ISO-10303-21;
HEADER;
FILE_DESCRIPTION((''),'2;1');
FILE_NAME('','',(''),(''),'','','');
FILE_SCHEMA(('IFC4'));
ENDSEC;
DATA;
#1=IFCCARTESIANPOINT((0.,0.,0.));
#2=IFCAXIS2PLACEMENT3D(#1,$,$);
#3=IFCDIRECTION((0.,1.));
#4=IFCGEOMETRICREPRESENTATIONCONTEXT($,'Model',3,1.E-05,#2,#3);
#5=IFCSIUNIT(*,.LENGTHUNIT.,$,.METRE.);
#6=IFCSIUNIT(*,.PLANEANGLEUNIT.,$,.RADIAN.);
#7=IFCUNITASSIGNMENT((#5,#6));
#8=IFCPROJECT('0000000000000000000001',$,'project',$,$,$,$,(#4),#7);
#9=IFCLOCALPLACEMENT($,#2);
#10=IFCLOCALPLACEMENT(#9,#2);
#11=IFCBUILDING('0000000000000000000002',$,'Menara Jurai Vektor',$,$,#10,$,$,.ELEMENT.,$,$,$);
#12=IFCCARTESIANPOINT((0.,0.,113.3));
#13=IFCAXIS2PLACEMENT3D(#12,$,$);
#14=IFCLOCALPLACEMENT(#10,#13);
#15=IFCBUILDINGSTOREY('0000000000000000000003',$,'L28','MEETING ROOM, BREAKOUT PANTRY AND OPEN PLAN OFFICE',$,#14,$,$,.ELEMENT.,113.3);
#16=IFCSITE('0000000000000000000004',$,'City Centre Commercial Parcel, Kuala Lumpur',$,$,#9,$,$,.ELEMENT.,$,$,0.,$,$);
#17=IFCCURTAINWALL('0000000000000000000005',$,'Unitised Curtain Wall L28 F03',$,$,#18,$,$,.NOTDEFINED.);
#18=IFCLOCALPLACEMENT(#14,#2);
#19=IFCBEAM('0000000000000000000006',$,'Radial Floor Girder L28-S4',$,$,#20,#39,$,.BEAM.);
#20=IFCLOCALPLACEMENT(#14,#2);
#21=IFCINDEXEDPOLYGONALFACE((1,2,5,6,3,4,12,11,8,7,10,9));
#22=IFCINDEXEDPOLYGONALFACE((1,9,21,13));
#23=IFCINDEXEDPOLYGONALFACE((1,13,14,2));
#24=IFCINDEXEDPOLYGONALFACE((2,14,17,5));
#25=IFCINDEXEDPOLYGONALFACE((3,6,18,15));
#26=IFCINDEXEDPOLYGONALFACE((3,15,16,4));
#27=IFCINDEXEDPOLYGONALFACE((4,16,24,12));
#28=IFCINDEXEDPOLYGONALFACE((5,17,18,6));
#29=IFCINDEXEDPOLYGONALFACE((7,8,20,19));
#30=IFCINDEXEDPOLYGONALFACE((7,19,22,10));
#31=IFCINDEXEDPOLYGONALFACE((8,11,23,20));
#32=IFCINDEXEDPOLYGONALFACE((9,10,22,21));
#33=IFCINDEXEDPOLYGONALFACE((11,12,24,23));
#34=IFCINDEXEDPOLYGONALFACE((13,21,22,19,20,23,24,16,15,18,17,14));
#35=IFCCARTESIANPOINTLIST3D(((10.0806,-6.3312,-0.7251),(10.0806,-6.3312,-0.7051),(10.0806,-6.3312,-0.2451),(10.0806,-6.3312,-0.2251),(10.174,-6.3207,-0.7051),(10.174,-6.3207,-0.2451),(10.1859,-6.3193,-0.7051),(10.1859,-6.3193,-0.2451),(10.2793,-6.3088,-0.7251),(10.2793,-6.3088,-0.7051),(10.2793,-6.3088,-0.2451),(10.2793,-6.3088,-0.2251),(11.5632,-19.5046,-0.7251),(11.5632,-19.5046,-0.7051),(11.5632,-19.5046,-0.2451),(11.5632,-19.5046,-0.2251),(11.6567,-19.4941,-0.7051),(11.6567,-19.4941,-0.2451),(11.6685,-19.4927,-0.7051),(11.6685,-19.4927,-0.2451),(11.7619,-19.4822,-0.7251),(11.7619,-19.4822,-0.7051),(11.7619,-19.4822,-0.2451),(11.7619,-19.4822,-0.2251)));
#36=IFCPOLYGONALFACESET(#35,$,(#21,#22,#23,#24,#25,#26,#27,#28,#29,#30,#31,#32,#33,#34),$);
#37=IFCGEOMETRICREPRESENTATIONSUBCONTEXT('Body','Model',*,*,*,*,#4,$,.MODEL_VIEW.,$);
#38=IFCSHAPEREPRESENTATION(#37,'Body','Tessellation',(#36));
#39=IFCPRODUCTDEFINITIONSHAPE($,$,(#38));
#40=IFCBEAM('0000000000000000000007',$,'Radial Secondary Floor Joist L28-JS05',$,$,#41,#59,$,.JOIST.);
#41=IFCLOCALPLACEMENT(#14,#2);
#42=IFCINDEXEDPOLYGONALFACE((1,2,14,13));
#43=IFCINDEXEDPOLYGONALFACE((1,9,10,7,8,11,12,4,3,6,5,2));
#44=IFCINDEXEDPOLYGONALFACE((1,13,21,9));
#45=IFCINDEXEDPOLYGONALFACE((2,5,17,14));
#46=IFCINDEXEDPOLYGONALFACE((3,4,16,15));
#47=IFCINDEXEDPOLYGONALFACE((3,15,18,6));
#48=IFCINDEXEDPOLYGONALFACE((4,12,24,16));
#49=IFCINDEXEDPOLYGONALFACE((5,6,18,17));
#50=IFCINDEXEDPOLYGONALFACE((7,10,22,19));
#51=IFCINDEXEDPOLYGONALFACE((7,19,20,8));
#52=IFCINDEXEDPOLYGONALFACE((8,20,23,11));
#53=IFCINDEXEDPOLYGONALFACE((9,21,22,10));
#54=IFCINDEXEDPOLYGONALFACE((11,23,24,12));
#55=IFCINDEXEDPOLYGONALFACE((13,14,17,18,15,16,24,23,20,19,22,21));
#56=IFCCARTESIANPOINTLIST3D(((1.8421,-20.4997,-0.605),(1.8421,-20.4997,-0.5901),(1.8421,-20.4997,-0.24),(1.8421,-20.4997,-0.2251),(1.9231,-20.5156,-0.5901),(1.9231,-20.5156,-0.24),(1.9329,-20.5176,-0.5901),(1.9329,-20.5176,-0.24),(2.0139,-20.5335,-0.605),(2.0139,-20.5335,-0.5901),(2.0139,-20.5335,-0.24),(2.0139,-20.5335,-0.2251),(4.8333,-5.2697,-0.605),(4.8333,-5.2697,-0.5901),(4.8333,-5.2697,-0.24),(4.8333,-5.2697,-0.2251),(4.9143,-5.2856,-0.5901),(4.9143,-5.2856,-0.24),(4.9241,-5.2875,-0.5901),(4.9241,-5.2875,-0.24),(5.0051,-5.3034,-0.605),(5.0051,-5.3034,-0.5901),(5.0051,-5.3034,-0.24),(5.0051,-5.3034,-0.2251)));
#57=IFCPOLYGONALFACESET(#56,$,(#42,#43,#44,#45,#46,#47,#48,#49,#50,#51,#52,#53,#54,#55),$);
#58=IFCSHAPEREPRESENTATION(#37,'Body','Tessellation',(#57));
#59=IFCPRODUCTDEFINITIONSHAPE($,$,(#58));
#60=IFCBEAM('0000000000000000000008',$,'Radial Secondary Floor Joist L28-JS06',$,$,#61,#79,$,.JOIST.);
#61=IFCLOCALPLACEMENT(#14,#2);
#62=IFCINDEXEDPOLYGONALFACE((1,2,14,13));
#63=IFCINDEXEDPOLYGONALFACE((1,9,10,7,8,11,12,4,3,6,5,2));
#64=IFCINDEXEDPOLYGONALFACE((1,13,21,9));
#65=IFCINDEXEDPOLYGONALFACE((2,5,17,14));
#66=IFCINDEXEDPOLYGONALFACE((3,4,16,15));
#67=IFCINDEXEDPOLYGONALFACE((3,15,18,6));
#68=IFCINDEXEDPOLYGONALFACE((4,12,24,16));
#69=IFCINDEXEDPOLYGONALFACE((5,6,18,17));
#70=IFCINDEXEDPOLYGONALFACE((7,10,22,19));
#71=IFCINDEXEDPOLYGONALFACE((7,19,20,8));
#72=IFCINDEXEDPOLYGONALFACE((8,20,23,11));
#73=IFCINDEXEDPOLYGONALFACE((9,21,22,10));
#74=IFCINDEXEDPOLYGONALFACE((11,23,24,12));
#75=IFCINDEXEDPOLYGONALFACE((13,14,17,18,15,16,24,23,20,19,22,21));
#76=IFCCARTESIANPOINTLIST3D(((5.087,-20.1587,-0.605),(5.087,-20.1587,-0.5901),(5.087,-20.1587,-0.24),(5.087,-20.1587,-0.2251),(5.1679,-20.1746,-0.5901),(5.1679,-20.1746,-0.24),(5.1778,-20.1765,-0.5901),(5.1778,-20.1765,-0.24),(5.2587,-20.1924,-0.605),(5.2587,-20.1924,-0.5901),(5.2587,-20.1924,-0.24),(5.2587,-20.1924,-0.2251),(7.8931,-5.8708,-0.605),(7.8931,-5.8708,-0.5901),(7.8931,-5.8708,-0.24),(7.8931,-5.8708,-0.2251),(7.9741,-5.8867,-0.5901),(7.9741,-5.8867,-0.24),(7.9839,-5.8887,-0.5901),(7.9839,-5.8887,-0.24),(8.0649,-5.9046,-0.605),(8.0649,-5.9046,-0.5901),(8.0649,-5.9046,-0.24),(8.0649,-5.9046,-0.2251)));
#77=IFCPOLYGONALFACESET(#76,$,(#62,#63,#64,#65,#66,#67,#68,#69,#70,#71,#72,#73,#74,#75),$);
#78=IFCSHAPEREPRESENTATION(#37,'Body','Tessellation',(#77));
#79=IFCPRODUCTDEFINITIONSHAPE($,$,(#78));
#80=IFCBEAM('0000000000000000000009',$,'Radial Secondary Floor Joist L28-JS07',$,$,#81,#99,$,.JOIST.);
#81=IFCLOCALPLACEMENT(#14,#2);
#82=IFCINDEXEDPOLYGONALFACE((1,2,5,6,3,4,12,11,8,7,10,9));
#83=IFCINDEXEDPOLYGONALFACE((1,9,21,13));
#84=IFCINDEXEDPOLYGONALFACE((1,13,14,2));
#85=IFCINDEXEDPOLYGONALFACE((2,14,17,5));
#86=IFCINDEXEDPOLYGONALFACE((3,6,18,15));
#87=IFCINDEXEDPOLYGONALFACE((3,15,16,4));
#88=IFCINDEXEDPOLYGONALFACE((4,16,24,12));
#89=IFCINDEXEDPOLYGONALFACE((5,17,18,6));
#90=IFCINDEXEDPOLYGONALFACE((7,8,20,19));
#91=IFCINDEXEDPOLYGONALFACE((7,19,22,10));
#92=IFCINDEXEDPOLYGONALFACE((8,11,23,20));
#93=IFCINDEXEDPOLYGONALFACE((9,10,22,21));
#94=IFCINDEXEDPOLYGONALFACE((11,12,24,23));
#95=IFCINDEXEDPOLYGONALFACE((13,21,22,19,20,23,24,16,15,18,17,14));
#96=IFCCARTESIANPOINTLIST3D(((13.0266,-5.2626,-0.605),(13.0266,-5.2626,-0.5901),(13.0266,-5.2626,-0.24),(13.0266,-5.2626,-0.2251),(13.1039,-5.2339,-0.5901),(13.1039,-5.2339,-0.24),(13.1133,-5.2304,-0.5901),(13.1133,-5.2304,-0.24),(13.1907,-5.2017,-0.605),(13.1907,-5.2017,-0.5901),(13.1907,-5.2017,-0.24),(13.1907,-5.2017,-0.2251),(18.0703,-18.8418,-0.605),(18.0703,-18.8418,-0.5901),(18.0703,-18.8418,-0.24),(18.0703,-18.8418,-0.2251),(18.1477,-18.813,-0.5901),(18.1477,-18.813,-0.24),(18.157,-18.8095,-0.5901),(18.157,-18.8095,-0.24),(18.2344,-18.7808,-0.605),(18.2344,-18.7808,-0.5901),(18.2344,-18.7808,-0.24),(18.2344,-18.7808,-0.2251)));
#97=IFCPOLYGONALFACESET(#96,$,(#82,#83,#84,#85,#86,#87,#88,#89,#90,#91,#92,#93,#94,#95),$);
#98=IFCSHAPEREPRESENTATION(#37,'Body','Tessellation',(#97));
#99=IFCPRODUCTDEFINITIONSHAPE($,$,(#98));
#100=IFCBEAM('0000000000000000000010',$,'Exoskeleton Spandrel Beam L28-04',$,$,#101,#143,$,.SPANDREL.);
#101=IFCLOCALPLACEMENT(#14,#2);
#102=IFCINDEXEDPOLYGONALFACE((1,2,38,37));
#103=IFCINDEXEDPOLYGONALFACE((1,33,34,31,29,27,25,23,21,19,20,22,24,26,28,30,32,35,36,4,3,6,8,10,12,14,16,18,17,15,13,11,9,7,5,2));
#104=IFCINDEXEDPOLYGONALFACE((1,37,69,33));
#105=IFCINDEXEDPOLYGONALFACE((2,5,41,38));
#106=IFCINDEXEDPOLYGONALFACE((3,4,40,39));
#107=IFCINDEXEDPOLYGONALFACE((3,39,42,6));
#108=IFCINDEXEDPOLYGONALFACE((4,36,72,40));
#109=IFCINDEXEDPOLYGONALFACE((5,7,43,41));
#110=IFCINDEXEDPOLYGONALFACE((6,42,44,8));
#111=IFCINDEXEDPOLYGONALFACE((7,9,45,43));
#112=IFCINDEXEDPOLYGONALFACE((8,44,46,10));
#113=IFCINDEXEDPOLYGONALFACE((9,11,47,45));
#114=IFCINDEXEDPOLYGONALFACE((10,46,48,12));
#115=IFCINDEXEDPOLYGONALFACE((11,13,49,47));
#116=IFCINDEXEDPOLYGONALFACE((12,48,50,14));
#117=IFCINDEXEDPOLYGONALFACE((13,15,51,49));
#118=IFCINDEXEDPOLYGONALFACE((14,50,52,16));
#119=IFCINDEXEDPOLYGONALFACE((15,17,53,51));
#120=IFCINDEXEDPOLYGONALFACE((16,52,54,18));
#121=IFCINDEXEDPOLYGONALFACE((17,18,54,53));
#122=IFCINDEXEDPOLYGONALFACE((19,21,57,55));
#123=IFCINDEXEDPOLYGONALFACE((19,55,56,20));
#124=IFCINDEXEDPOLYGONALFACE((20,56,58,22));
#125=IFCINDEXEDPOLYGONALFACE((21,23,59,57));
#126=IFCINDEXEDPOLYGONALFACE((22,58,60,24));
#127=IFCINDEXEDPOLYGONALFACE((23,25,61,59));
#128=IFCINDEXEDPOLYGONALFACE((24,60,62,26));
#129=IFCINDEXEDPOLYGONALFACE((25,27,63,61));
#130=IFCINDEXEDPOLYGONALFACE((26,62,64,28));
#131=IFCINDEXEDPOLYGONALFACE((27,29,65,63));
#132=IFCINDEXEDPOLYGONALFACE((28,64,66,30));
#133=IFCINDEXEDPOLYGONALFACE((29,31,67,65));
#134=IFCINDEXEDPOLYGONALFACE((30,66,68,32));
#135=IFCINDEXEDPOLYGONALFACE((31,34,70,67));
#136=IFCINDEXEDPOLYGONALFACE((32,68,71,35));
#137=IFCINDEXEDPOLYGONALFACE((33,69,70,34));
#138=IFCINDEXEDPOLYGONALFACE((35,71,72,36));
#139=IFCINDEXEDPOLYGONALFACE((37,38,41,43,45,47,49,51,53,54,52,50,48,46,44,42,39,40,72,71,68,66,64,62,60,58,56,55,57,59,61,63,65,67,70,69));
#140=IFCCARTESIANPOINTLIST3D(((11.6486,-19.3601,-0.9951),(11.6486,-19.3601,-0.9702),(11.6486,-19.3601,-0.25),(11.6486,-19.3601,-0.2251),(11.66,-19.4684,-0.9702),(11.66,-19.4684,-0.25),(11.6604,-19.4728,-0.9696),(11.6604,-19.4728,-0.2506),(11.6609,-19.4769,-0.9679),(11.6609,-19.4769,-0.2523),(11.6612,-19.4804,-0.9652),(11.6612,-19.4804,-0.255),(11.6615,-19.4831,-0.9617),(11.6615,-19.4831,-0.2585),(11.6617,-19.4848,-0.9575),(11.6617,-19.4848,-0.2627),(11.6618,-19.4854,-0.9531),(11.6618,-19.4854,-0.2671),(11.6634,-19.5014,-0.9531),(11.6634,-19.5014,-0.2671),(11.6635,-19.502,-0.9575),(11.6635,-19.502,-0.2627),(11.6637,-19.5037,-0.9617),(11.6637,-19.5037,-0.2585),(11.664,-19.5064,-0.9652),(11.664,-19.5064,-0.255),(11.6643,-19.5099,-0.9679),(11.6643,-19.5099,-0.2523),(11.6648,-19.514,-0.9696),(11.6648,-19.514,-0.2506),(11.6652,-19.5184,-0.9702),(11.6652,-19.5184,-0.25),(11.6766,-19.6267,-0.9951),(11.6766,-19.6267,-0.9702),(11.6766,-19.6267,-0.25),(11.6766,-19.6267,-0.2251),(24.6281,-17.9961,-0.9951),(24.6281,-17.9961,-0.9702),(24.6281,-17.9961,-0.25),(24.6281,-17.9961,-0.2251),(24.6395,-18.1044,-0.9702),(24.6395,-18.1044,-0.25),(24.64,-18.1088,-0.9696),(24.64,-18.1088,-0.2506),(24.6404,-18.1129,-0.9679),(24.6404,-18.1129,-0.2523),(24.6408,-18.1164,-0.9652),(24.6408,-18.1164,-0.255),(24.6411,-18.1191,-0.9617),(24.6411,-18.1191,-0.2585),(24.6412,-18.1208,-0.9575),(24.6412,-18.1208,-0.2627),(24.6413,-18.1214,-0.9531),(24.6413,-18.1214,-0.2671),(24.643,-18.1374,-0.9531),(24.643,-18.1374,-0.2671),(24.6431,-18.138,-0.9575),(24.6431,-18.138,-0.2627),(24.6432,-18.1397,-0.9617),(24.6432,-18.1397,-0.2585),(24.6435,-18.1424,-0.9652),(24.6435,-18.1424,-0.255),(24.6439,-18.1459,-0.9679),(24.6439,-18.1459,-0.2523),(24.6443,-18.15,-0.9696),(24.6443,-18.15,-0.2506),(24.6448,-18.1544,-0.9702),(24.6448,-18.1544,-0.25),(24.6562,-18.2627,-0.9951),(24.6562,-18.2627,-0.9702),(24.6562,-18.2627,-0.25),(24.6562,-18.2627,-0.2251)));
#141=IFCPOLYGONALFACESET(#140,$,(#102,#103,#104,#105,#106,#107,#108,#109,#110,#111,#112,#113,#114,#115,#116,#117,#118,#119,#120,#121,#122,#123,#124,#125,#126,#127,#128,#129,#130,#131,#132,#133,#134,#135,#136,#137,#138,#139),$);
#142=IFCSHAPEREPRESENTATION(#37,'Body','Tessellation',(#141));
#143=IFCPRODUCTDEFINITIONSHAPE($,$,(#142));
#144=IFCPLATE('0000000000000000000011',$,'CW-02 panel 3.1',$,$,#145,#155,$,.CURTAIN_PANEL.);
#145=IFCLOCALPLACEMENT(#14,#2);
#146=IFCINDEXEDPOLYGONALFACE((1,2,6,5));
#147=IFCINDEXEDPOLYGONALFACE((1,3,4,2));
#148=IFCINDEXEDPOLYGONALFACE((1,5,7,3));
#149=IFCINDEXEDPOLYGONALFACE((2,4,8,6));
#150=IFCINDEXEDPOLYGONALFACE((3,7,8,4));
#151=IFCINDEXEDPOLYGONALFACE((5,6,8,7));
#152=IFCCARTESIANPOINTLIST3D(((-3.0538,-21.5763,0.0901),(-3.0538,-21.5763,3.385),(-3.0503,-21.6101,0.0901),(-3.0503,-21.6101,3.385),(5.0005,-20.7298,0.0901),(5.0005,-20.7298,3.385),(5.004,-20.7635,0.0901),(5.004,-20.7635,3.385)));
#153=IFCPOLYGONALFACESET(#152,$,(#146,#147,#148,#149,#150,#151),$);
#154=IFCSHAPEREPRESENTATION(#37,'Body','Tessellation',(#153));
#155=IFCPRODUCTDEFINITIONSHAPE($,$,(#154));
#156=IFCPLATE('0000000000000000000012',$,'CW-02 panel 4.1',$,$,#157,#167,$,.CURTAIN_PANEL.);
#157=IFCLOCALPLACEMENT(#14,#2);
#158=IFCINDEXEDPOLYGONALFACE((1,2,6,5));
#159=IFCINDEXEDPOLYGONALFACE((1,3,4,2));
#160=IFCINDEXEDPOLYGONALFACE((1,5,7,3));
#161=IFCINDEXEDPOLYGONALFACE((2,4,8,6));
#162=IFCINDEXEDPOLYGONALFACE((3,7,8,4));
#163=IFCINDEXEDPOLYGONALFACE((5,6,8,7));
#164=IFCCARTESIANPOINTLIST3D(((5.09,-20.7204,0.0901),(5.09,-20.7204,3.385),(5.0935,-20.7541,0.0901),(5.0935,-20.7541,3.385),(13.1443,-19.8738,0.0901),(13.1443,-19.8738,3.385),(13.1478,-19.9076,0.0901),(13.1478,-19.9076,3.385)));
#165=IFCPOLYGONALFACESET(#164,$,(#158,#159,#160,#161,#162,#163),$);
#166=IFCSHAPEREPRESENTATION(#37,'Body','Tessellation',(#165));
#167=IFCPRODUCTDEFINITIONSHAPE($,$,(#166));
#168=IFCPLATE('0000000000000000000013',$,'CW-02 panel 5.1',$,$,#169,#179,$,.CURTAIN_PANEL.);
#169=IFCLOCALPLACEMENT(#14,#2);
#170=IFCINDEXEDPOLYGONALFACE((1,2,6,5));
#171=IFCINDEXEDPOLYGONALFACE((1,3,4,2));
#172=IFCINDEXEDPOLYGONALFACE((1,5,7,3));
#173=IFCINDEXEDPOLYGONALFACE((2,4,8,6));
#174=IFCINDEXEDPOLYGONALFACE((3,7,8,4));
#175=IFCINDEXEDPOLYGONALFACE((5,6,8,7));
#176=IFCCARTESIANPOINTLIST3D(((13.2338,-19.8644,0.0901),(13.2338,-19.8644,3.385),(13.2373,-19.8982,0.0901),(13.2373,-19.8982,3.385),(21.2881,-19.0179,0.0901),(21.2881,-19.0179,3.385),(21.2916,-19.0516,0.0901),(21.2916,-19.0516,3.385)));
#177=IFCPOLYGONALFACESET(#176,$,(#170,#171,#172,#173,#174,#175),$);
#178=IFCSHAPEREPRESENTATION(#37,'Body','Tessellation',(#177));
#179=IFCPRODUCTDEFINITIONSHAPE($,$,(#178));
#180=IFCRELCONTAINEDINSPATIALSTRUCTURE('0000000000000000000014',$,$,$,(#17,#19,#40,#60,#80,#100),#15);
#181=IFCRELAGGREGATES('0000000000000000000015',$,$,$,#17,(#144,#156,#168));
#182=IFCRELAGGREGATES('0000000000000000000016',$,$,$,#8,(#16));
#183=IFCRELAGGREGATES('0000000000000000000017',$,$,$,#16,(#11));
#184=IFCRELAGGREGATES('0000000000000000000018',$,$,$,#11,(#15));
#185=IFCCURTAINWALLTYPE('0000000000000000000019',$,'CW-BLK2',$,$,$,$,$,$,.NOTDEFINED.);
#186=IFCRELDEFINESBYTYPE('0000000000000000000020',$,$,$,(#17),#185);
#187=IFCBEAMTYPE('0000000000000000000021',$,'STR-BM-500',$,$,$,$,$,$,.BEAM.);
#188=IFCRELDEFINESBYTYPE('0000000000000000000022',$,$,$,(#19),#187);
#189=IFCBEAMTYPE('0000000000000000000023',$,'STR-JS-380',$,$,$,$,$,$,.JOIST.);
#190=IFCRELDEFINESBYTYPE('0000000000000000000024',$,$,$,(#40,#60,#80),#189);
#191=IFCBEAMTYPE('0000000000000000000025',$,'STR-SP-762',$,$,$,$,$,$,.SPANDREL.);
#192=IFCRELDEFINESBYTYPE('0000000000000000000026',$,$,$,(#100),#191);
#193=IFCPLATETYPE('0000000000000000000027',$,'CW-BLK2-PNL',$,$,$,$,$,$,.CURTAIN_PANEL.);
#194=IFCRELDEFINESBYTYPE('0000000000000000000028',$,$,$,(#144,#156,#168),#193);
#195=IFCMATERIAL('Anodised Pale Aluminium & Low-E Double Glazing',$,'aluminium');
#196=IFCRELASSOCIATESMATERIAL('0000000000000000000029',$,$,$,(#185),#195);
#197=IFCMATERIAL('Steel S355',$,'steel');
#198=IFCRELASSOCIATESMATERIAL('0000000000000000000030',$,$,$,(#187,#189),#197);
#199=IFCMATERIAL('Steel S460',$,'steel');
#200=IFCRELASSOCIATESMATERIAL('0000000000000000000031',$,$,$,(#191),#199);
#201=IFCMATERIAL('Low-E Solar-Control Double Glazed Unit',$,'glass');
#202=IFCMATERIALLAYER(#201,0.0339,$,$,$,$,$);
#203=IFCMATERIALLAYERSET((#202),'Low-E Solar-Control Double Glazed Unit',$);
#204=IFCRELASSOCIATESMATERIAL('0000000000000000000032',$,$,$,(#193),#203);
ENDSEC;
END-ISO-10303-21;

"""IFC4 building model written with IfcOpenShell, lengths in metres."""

from ifc_helpers import new_model, si_unit, direction, frame, origin, origin_2d, place, context, subcontext, project, spatial, rectangle, i_section, extrude, material, layer, layer_set, material_profile, profile_set, type_object, element, aggregate, save


model = new_model("IFC4")

# Units and contexts
model_context = context("Model", 3, precision=1e-05, world=origin(), true_north=direction((0.0, 1.0)))
body_context = subcontext(model_context, "Body", "Model", "MODEL_VIEW")
ifc_project = project(units=[si_unit("LENGTHUNIT", "METRE"), si_unit("PLANEANGLEUNIT", "RADIAN")], contexts=[model_context])

# Site, building, storey
site_placement = place(None, origin())
site = spatial("IfcSite", under=ifc_project, at=site_placement, Name="City Centre Commercial Parcel, Kuala Lumpur", CompositionType="ELEMENT", RefElevation=0.0)
building_placement = place(site_placement, origin())
building = spatial("IfcBuilding", under=site, at=building_placement, Name="Menara Jurai Vektor", CompositionType="ELEMENT")
storey_placement = place(building_placement, frame((0.0, 0.0, 113.3)))
storey = spatial("IfcBuildingStorey", under=building, at=storey_placement, Name="L28", Description="MEETING ROOM, BREAKOUT PANTRY AND OPEN PLAN OFFICE", CompositionType="ELEMENT", Elevation=113.3)

# Shared definitions
ifc_material_1 = material(Name="Steel S460", Category="steel")

# Curtain wall
ifc_material_2 = material(Name="Anodised Pale Aluminium & Low-E Double Glazing", Category="aluminium")
curtain_wall_type = type_object("IfcCurtainWallType", Name="CW-BLK2", PredefinedType="NOTDEFINED", material=ifc_material_2)
curtain_wall_placement = place(storey_placement, origin())
curtain_wall = element("IfcCurtainWall", 1, at=curtain_wall_placement, inside=storey, type_object=curtain_wall_type, Name="Unitised Curtain Wall L28 F03", PredefinedType="NOTDEFINED")

# Beams
ifc_material_3 = material(Name="Steel S355", Category="steel")
ifc_material_profile_1 = material_profile(ifc_material_3, i_section(OverallWidth=0.2, OverallDepth=0.5, WebThickness=0.012, FlangeThickness=0.02, at=origin_2d()), Name="PG 500x200x96")
ifc_profile_set_1 = profile_set([ifc_material_profile_1], Name="Steel S355")
beam_type_1 = type_object("IfcBeamType", Name="STR-BM-500", PredefinedType="BEAM", material=ifc_profile_set_1)
beam_1_placement = place(storey_placement, frame((11.6626, -19.4934, -0.4751), z_axis=(-0.111844, 0.993726, 0.0), x_axis=(-0.993726, -0.111844, 0.0)))
element("IfcBeam", 2, at=beam_1_placement, inside=storey, type_object=beam_type_1, Name="Radial Floor Girder L28-S4", PredefinedType="BEAM", context=body_context, shape_type="SweptSolid", body=[
    extrude(i_section(OverallWidth=0.2, OverallDepth=0.5, WebThickness=0.012, FlangeThickness=0.02, at=origin_2d()), origin(), (0.0, 0.0, 1.0), 13.2566),
])
ifc_material_profile_2 = material_profile(ifc_material_3, i_section(OverallWidth=0.175, OverallDepth=0.3799, WebThickness=0.01, FlangeThickness=0.0149, at=origin_2d()), Name="PG 380x175x58")
ifc_profile_set_2 = profile_set([ifc_material_profile_2], Name="Steel S355")
beam_type_2 = type_object("IfcBeamType", Name="STR-JS-380", PredefinedType="JOIST", material=ifc_profile_set_2)
beam_2_placement = place(storey_placement, frame((1.928, -20.5166, -0.415), z_axis=(0.192721, 0.981254, 0.0), x_axis=(-0.981254, 0.192721, 0.0)))
element("IfcBeam", 3, at=beam_2_placement, inside=storey, type_object=beam_type_2, Name="Radial Secondary Floor Joist L28-JS05", PredefinedType="JOIST", context=body_context, shape_type="SweptSolid", body=[
    extrude(i_section(OverallWidth=0.175, OverallDepth=0.3799, WebThickness=0.01, FlangeThickness=0.0149, at=origin_2d()), origin(), (0.0, 0.0, 1.0), 15.521),
])
beam_3_placement = place(storey_placement, frame((5.1729, -20.1755, -0.415), z_axis=(0.19272, 0.981254, 0.0), x_axis=(-0.981254, 0.19272, 0.0)))
element("IfcBeam", 4, at=beam_3_placement, inside=storey, type_object=beam_type_2, Name="Radial Secondary Floor Joist L28-JS06", PredefinedType="JOIST", context=body_context, shape_type="SweptSolid", body=[
    extrude(i_section(OverallWidth=0.175, OverallDepth=0.3799, WebThickness=0.01, FlangeThickness=0.0149, at=origin_2d()), origin(), (0.0, 0.0, 1.0), 14.5608),
])
beam_4_placement = place(storey_placement, frame((18.1523, -18.8113, -0.415), z_axis=(-0.348189, 0.937424, 0.0), x_axis=(-0.937424, -0.348189, 0.0)))
element("IfcBeam", 5, at=beam_4_placement, inside=storey, type_object=beam_type_2, Name="Radial Secondary Floor Joist L28-JS07", PredefinedType="JOIST", context=body_context, shape_type="SweptSolid", body=[
    extrude(i_section(OverallWidth=0.175, OverallDepth=0.3799, WebThickness=0.01, FlangeThickness=0.0149, at=origin_2d()), origin(), (0.0, 0.0, 1.0), 14.4856),
])
ifc_material_profile_3 = material_profile(ifc_material_1, i_section(OverallWidth=0.2681, OverallDepth=0.77, WebThickness=0.0161, FlangeThickness=0.0249, FilletRadius=0.0171, at=origin_2d()), Name="UKB 762x267x197")
ifc_profile_set_3 = profile_set([ifc_material_profile_3], Name="Steel S460")
beam_type_3 = type_object("IfcBeamType", Name="STR-SP-762", PredefinedType="SPANDREL", material=ifc_profile_set_3)
beam_5_placement = place(storey_placement, frame((11.6626, -19.4934, -0.6101), z_axis=(0.994523, 0.104514, 0.0), x_axis=(-0.104514, 0.994523, 0.0)))
element("IfcBeam", 6, at=beam_5_placement, inside=storey, type_object=beam_type_3, Name="Exoskeleton Spandrel Beam L28-04", PredefinedType="SPANDREL", context=body_context, shape_type="SweptSolid", body=[
    extrude(i_section(OverallWidth=0.2681, OverallDepth=0.77, WebThickness=0.0161, FlangeThickness=0.0249, FilletRadius=0.0171, at=origin_2d()), origin(), (0.0, 0.0, 1.0), 13.051),
])

# Plates
ifc_material_4 = material(Name="Low-E Solar-Control Double Glazed Unit", Category="glass")
ifc_layer_1 = layer(ifc_material_4, 0.0339)
ifc_layer_set_1 = layer_set([ifc_layer_1], Name="Low-E Solar-Control Double Glazed Unit")
plate_type_1 = type_object("IfcPlateType", Name="CW-BLK2-PNL", PredefinedType="CURTAIN_PANEL", material=ifc_layer_set_1)
plate_1_placement = place(storey_placement, frame((0.9751, -21.1699, 0.0901), z_axis=(0.0, 0.0, 1.0), x_axis=(0.994522, 0.104529, 0.0)))
plate_1 = element("IfcPlate", 7, at=plate_1_placement, type_object=plate_type_1, Name="CW-02 panel 3.1", PredefinedType="CURTAIN_PANEL", context=body_context, shape_type="SweptSolid", body=[
    extrude(rectangle(XDim=8.0986, YDim=0.0339, at=origin_2d()), origin(), (0.0, 0.0, 1.0), 3.2949),
])
plate_2_placement = place(storey_placement, frame((9.1189, -20.314, 0.0901), z_axis=(0.0, 0.0, 1.0), x_axis=(0.994522, 0.104529, 0.0)))
plate_2 = element("IfcPlate", 8, at=plate_2_placement, type_object=plate_type_1, Name="CW-02 panel 4.1", PredefinedType="CURTAIN_PANEL", context=body_context, shape_type="SweptSolid", body=[
    extrude(rectangle(XDim=8.0986, YDim=0.0339, at=origin_2d()), origin(), (0.0, 0.0, 1.0), 3.2949),
])
plate_3_placement = place(storey_placement, frame((17.2627, -19.458, 0.0901), z_axis=(0.0, 0.0, 1.0), x_axis=(0.994522, 0.104529, 0.0)))
plate_3 = element("IfcPlate", 9, at=plate_3_placement, type_object=plate_type_1, Name="CW-02 panel 5.1", PredefinedType="CURTAIN_PANEL", context=body_context, shape_type="SweptSolid", body=[
    extrude(rectangle(XDim=8.0986, YDim=0.0339, at=origin_2d()), origin(), (0.0, 0.0, 1.0), 3.2949),
])
aggregate(curtain_wall, [plate_1, plate_2, plate_3])

save(model, "model.ifc")
